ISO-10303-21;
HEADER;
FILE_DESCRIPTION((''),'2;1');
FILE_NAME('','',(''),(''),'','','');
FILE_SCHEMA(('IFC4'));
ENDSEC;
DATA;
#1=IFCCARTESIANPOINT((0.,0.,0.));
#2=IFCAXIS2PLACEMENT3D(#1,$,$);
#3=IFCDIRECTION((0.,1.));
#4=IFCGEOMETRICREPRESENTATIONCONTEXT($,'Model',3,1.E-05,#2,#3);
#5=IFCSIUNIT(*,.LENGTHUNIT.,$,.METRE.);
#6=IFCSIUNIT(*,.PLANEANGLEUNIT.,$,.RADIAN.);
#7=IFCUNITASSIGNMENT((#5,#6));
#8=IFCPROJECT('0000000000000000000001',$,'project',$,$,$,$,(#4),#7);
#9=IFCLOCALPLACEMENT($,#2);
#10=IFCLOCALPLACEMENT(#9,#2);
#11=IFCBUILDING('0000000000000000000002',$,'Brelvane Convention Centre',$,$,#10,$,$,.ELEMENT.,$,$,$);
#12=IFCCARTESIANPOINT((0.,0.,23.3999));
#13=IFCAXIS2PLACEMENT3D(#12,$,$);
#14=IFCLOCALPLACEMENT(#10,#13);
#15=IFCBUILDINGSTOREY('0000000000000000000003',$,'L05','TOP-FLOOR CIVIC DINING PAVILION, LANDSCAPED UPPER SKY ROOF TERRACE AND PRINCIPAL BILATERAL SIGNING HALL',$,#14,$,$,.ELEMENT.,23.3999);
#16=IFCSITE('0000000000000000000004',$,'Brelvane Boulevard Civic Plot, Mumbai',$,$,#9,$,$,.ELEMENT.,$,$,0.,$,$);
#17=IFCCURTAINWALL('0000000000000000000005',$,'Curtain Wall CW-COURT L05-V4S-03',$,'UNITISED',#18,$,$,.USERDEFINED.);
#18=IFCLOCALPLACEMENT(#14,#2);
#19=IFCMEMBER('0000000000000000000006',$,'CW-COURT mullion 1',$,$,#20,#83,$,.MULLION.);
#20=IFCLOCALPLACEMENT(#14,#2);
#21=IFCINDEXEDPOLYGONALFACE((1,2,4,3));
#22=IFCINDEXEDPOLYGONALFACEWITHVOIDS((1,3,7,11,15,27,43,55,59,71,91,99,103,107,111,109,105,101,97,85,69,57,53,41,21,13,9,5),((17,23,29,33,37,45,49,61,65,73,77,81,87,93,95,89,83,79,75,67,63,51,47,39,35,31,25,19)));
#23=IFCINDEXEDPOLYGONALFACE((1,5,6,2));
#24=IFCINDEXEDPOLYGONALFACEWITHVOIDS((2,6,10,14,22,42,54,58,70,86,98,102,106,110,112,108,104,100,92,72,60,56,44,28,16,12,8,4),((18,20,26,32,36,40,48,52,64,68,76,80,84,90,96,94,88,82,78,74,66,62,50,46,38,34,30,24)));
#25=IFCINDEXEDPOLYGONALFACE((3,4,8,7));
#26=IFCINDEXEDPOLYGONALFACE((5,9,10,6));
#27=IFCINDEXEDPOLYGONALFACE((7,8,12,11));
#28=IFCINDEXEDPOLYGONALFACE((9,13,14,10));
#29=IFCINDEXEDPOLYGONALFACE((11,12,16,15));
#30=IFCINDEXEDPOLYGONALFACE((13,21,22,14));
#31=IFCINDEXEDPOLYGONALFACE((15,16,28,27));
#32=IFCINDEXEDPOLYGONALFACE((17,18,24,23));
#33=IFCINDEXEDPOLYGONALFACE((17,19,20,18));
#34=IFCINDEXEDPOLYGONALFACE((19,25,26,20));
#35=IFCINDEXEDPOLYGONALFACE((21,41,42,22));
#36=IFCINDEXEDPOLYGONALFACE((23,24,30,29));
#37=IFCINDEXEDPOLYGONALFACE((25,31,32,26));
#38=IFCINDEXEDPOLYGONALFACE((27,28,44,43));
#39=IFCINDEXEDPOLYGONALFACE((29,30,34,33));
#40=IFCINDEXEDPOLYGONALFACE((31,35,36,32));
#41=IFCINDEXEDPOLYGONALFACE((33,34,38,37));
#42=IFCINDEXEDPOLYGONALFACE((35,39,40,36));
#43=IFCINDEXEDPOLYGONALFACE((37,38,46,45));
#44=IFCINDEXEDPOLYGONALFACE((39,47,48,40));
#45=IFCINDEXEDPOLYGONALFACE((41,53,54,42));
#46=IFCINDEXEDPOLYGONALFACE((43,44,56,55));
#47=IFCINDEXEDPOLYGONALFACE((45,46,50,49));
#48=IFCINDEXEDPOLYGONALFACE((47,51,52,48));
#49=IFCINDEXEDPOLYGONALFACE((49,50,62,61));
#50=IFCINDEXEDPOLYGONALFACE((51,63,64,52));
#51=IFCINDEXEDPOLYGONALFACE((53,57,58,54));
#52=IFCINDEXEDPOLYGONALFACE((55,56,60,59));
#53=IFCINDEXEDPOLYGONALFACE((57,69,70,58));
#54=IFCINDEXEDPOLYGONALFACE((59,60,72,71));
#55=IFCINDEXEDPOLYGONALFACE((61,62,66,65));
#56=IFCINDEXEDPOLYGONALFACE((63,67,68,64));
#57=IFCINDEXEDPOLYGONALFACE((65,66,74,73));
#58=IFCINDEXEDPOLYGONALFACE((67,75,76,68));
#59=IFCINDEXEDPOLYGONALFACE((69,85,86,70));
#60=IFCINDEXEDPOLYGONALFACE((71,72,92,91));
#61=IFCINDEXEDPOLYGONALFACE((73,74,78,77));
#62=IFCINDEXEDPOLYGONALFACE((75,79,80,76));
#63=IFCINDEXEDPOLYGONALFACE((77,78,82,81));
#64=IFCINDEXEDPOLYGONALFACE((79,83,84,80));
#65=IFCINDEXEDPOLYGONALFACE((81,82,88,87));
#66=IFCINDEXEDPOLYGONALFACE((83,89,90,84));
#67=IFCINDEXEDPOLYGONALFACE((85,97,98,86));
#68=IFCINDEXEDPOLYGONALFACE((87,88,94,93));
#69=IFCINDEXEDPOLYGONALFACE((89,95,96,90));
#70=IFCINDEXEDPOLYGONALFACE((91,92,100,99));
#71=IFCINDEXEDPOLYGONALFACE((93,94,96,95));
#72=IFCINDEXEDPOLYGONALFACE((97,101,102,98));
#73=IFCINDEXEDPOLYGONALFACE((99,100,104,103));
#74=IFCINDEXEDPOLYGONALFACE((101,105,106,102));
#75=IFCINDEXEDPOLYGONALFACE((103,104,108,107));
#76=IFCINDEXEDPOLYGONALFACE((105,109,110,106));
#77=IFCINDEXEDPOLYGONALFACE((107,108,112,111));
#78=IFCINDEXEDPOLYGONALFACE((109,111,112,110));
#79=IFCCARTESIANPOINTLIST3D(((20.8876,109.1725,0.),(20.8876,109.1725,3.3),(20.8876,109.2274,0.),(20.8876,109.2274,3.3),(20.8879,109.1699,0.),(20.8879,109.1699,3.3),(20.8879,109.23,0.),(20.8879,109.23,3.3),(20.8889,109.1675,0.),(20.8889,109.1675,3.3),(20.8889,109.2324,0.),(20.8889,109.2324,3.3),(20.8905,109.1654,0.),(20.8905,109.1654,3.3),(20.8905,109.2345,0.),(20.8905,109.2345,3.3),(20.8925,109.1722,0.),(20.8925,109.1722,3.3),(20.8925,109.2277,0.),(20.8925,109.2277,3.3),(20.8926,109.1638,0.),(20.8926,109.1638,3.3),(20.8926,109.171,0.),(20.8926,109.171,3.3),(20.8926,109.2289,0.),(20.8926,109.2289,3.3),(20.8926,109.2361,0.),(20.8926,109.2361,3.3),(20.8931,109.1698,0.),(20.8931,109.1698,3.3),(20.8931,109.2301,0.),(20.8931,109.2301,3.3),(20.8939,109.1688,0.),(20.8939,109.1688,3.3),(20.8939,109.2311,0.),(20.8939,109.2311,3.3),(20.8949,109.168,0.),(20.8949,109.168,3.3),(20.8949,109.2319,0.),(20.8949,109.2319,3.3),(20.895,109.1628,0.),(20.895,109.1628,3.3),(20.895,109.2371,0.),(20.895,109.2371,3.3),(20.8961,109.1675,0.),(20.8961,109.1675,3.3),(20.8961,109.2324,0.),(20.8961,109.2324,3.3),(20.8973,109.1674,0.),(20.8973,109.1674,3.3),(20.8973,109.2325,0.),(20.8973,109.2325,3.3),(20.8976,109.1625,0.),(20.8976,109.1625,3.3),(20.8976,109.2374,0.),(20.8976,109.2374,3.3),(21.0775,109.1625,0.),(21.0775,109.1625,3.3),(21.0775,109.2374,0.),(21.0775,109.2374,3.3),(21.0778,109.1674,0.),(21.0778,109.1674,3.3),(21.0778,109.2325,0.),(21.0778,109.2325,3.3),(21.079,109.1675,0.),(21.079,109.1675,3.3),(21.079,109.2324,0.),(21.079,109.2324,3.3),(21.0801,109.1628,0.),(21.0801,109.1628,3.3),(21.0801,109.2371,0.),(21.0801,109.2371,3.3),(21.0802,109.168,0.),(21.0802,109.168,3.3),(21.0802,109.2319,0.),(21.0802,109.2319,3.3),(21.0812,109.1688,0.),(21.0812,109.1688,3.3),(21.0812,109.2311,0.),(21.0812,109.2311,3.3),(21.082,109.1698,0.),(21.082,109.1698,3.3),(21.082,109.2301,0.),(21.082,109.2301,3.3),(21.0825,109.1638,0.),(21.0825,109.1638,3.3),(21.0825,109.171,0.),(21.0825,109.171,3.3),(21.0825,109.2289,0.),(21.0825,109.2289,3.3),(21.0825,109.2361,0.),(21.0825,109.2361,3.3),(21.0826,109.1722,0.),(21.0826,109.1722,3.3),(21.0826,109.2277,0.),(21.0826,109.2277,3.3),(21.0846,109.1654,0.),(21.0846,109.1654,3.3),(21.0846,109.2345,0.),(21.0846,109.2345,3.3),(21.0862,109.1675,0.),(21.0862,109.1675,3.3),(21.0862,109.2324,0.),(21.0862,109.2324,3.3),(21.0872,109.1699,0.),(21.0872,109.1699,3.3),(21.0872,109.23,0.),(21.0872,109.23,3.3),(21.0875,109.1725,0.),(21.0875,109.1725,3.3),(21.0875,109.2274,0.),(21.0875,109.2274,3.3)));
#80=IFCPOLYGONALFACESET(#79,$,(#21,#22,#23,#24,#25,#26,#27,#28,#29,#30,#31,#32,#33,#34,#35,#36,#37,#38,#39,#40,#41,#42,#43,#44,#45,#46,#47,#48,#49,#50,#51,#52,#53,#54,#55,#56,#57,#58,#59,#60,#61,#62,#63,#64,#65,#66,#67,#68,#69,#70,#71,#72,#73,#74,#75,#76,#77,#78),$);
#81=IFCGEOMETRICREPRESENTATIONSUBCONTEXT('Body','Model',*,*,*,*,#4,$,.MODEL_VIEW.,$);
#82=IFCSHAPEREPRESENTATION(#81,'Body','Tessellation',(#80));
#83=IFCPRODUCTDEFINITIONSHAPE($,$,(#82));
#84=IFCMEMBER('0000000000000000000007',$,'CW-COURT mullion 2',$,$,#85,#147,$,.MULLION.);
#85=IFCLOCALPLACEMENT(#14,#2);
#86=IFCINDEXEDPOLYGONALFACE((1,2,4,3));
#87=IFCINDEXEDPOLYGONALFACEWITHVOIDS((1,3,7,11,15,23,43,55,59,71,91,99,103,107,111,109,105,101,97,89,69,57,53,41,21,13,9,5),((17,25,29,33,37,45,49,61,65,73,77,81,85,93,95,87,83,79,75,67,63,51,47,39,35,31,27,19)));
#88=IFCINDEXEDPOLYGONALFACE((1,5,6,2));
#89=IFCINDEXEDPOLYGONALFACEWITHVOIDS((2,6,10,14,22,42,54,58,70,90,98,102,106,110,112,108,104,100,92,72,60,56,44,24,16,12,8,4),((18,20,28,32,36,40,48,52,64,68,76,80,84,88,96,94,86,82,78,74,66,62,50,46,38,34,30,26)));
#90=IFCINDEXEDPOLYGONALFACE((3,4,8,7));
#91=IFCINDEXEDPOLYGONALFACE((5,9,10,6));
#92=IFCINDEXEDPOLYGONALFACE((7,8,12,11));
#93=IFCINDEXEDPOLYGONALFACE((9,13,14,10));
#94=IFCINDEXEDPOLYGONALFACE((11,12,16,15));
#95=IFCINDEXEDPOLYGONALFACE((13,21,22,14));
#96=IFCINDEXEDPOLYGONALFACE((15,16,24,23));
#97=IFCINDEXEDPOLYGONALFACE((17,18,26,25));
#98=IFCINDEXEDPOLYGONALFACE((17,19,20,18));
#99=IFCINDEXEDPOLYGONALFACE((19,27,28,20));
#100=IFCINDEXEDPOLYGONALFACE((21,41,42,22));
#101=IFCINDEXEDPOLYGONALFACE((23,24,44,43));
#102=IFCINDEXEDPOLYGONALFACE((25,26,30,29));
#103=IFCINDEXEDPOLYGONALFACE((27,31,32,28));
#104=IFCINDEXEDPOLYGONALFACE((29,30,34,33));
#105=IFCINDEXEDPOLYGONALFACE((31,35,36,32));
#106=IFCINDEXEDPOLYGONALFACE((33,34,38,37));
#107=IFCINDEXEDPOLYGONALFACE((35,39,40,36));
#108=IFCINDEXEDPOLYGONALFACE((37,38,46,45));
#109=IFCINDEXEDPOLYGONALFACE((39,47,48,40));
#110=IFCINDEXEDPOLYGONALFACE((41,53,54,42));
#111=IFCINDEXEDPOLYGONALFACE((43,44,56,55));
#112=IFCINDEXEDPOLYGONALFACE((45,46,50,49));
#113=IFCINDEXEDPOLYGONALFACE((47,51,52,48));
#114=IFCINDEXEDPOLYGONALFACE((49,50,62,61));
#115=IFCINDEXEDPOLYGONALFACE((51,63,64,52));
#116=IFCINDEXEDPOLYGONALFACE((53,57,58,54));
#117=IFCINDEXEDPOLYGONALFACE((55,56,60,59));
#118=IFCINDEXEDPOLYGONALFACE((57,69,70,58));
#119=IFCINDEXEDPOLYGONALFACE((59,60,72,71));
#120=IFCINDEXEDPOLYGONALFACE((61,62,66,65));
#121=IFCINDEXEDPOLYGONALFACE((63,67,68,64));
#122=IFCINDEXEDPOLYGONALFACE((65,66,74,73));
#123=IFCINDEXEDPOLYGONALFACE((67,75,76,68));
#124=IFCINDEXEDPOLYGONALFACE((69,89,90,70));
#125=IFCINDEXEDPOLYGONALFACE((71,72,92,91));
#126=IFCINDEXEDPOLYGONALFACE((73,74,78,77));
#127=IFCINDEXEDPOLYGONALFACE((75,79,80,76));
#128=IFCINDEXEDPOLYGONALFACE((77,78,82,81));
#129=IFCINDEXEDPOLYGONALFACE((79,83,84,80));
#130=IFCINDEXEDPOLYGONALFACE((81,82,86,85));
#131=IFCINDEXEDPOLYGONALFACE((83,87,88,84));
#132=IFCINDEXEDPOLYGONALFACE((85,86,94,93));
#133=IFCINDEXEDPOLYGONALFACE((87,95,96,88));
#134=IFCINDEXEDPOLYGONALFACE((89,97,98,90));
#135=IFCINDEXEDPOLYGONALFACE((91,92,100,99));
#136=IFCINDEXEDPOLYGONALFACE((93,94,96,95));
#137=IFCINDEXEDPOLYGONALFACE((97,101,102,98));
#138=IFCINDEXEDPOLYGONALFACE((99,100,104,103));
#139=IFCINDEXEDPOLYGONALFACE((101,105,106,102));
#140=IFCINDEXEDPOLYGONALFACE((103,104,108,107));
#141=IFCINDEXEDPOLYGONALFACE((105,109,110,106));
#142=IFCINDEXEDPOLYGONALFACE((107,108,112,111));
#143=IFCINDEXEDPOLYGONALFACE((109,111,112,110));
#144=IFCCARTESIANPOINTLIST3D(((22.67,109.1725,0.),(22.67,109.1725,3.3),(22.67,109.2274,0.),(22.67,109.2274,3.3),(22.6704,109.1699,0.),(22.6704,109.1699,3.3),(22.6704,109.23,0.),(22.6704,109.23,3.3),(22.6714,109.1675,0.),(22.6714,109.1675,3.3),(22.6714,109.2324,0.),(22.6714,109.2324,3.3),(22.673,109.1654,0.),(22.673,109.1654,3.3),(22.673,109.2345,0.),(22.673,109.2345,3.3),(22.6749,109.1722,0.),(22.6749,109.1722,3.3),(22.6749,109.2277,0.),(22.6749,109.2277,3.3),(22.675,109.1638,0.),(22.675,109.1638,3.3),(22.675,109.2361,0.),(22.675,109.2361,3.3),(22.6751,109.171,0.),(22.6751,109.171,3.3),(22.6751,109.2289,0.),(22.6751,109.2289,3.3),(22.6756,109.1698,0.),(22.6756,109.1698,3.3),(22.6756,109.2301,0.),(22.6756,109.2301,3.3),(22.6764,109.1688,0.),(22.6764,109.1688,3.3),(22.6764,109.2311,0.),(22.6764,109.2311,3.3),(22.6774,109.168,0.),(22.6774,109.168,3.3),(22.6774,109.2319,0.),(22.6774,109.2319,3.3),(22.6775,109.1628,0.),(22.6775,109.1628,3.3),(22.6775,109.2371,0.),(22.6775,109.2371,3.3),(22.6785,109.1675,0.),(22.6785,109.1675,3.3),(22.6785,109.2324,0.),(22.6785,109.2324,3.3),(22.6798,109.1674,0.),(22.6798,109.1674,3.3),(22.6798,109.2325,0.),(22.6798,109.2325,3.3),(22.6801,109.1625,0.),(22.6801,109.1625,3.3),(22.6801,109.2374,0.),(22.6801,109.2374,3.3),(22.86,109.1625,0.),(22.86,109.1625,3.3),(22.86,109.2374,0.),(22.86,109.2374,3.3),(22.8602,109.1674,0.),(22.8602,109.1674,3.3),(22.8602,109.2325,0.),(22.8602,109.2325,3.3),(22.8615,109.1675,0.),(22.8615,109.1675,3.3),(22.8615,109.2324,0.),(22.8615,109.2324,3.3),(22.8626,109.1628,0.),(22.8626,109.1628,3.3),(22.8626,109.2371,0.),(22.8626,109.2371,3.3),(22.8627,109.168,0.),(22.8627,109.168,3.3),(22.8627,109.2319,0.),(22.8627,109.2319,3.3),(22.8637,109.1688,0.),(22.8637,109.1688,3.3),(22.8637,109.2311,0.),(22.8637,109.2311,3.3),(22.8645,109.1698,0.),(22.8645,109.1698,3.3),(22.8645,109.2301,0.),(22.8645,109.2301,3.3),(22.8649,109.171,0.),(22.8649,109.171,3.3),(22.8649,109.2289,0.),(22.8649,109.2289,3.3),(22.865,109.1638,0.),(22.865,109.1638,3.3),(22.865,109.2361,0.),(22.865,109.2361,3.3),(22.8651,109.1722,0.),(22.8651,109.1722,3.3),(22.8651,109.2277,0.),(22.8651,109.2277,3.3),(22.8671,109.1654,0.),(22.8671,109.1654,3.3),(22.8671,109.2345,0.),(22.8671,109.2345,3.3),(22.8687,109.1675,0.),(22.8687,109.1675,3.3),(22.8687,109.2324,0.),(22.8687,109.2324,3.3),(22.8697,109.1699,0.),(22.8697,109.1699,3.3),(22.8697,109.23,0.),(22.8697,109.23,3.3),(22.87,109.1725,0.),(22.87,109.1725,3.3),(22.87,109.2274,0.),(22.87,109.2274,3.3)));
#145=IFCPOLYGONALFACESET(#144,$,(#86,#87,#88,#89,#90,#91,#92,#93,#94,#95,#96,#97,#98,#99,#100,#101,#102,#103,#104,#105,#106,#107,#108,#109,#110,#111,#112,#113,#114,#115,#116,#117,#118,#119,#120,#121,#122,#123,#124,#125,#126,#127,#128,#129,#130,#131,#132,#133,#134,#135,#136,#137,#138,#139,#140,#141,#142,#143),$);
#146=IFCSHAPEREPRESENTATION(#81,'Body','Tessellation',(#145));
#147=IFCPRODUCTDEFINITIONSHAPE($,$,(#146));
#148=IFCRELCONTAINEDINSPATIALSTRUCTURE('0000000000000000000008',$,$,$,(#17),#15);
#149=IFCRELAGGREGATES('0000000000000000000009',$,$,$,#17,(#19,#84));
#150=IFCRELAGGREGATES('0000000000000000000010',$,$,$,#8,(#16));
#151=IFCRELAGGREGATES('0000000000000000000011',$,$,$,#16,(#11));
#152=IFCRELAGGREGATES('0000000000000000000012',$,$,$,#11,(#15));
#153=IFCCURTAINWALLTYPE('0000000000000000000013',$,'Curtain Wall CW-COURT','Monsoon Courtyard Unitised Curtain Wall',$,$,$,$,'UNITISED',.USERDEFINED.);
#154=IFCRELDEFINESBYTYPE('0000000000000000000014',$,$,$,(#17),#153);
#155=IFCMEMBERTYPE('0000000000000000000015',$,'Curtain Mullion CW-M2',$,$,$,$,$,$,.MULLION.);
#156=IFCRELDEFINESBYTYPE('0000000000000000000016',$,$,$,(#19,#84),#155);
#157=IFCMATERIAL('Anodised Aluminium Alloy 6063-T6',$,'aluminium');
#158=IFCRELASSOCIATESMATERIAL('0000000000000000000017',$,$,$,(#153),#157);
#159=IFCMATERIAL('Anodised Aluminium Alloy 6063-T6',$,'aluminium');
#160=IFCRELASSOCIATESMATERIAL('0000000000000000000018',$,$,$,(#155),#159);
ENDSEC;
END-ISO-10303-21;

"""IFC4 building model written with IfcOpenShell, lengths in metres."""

from ifc_helpers import new_model, si_unit, direction, frame, origin, origin_2d, place, context, subcontext, project, spatial, hollow_rectangle, extrude, material, material_profile, profile_set, type_object, element, aggregate, save


model = new_model("IFC4")

# Units and contexts
model_context = context("Model", 3, precision=1e-05, world=origin(), true_north=direction((0.0, 1.0)))
body_context = subcontext(model_context, "Body", "Model", "MODEL_VIEW")
ifc_project = project(units=[si_unit("LENGTHUNIT", "METRE"), si_unit("PLANEANGLEUNIT", "RADIAN")], contexts=[model_context])

# Site, building, storey
site_placement = place(None, origin())
site = spatial("IfcSite", under=ifc_project, at=site_placement, Name="Brelvane Boulevard Civic Plot, Mumbai", CompositionType="ELEMENT", RefElevation=0.0)
building_placement = place(site_placement, origin())
building = spatial("IfcBuilding", under=site, at=building_placement, Name="Brelvane Convention Centre", CompositionType="ELEMENT")
storey_placement = place(building_placement, frame((0.0, 0.0, 23.3999)))
storey = spatial("IfcBuildingStorey", under=building, at=storey_placement, Name="L05", Description="TOP-FLOOR CIVIC DINING PAVILION, LANDSCAPED UPPER SKY ROOF TERRACE AND PRINCIPAL BILATERAL SIGNING HALL", CompositionType="ELEMENT", Elevation=23.3999)

# Curtain wall, members
ifc_material_1 = material(Name="Anodised Aluminium Alloy 6063-T6", Category="aluminium")
curtain_wall_type = type_object("IfcCurtainWallType", Name="Curtain Wall CW-COURT", Description="Monsoon Courtyard Unitised Curtain Wall", ElementType="UNITISED", PredefinedType="USERDEFINED", material=ifc_material_1)
ifc_material_2 = material(Name="Anodised Aluminium Alloy 6063-T6", Category="aluminium")
ifc_material_profile_1 = material_profile(ifc_material_2, hollow_rectangle(XDim=0.075, YDim=0.2, WallThickness=0.0049, InnerFilletRadius=0.0049, OuterFilletRadius=0.01, at=origin_2d()), Name="ALU-M 200x75x5.0")
ifc_profile_set_1 = profile_set([ifc_material_profile_1], Name="Anodised Aluminium Alloy 6063-T6")
member_type_1 = type_object("IfcMemberType", Name="Curtain Mullion CW-M2", PredefinedType="MULLION", material=ifc_profile_set_1)
curtain_wall_1_placement = place(storey_placement, origin())
curtain_wall_1 = element("IfcCurtainWall", 1, at=curtain_wall_1_placement, inside=storey, type_object=curtain_wall_type, Name="Curtain Wall CW-COURT L05-V4S-03", ObjectType="UNITISED", PredefinedType="USERDEFINED")
member_1_placement = place(storey_placement, frame((20.9875, 109.2, 0.0), z_axis=(0.0, 0.0, 1.0), x_axis=(0.0, 1.0, 0.0)))
member_1 = element("IfcMember", 2, at=member_1_placement, type_object=member_type_1, Name="CW-COURT mullion 1", PredefinedType="MULLION", context=body_context, shape_type="SweptSolid", body=[
    extrude(hollow_rectangle(XDim=0.075, YDim=0.2, WallThickness=0.0049, InnerFilletRadius=0.0049, OuterFilletRadius=0.01, at=origin_2d()), origin(), (0.0, 0.0, 1.0), 3.3),
])
member_2_placement = place(storey_placement, frame((22.77, 109.2, 0.0), z_axis=(0.0, 0.0, 1.0), x_axis=(0.0, 1.0, 0.0)))
member_2 = element("IfcMember", 3, at=member_2_placement, type_object=member_type_1, Name="CW-COURT mullion 2", PredefinedType="MULLION", context=body_context, shape_type="SweptSolid", body=[
    extrude(hollow_rectangle(XDim=0.075, YDim=0.2, WallThickness=0.0049, InnerFilletRadius=0.0049, OuterFilletRadius=0.01, at=origin_2d()), origin(), (0.0, 0.0, 1.0), 3.3),
])
aggregate(curtain_wall_1, [member_1, member_2])

save(model, "model.ifc")
